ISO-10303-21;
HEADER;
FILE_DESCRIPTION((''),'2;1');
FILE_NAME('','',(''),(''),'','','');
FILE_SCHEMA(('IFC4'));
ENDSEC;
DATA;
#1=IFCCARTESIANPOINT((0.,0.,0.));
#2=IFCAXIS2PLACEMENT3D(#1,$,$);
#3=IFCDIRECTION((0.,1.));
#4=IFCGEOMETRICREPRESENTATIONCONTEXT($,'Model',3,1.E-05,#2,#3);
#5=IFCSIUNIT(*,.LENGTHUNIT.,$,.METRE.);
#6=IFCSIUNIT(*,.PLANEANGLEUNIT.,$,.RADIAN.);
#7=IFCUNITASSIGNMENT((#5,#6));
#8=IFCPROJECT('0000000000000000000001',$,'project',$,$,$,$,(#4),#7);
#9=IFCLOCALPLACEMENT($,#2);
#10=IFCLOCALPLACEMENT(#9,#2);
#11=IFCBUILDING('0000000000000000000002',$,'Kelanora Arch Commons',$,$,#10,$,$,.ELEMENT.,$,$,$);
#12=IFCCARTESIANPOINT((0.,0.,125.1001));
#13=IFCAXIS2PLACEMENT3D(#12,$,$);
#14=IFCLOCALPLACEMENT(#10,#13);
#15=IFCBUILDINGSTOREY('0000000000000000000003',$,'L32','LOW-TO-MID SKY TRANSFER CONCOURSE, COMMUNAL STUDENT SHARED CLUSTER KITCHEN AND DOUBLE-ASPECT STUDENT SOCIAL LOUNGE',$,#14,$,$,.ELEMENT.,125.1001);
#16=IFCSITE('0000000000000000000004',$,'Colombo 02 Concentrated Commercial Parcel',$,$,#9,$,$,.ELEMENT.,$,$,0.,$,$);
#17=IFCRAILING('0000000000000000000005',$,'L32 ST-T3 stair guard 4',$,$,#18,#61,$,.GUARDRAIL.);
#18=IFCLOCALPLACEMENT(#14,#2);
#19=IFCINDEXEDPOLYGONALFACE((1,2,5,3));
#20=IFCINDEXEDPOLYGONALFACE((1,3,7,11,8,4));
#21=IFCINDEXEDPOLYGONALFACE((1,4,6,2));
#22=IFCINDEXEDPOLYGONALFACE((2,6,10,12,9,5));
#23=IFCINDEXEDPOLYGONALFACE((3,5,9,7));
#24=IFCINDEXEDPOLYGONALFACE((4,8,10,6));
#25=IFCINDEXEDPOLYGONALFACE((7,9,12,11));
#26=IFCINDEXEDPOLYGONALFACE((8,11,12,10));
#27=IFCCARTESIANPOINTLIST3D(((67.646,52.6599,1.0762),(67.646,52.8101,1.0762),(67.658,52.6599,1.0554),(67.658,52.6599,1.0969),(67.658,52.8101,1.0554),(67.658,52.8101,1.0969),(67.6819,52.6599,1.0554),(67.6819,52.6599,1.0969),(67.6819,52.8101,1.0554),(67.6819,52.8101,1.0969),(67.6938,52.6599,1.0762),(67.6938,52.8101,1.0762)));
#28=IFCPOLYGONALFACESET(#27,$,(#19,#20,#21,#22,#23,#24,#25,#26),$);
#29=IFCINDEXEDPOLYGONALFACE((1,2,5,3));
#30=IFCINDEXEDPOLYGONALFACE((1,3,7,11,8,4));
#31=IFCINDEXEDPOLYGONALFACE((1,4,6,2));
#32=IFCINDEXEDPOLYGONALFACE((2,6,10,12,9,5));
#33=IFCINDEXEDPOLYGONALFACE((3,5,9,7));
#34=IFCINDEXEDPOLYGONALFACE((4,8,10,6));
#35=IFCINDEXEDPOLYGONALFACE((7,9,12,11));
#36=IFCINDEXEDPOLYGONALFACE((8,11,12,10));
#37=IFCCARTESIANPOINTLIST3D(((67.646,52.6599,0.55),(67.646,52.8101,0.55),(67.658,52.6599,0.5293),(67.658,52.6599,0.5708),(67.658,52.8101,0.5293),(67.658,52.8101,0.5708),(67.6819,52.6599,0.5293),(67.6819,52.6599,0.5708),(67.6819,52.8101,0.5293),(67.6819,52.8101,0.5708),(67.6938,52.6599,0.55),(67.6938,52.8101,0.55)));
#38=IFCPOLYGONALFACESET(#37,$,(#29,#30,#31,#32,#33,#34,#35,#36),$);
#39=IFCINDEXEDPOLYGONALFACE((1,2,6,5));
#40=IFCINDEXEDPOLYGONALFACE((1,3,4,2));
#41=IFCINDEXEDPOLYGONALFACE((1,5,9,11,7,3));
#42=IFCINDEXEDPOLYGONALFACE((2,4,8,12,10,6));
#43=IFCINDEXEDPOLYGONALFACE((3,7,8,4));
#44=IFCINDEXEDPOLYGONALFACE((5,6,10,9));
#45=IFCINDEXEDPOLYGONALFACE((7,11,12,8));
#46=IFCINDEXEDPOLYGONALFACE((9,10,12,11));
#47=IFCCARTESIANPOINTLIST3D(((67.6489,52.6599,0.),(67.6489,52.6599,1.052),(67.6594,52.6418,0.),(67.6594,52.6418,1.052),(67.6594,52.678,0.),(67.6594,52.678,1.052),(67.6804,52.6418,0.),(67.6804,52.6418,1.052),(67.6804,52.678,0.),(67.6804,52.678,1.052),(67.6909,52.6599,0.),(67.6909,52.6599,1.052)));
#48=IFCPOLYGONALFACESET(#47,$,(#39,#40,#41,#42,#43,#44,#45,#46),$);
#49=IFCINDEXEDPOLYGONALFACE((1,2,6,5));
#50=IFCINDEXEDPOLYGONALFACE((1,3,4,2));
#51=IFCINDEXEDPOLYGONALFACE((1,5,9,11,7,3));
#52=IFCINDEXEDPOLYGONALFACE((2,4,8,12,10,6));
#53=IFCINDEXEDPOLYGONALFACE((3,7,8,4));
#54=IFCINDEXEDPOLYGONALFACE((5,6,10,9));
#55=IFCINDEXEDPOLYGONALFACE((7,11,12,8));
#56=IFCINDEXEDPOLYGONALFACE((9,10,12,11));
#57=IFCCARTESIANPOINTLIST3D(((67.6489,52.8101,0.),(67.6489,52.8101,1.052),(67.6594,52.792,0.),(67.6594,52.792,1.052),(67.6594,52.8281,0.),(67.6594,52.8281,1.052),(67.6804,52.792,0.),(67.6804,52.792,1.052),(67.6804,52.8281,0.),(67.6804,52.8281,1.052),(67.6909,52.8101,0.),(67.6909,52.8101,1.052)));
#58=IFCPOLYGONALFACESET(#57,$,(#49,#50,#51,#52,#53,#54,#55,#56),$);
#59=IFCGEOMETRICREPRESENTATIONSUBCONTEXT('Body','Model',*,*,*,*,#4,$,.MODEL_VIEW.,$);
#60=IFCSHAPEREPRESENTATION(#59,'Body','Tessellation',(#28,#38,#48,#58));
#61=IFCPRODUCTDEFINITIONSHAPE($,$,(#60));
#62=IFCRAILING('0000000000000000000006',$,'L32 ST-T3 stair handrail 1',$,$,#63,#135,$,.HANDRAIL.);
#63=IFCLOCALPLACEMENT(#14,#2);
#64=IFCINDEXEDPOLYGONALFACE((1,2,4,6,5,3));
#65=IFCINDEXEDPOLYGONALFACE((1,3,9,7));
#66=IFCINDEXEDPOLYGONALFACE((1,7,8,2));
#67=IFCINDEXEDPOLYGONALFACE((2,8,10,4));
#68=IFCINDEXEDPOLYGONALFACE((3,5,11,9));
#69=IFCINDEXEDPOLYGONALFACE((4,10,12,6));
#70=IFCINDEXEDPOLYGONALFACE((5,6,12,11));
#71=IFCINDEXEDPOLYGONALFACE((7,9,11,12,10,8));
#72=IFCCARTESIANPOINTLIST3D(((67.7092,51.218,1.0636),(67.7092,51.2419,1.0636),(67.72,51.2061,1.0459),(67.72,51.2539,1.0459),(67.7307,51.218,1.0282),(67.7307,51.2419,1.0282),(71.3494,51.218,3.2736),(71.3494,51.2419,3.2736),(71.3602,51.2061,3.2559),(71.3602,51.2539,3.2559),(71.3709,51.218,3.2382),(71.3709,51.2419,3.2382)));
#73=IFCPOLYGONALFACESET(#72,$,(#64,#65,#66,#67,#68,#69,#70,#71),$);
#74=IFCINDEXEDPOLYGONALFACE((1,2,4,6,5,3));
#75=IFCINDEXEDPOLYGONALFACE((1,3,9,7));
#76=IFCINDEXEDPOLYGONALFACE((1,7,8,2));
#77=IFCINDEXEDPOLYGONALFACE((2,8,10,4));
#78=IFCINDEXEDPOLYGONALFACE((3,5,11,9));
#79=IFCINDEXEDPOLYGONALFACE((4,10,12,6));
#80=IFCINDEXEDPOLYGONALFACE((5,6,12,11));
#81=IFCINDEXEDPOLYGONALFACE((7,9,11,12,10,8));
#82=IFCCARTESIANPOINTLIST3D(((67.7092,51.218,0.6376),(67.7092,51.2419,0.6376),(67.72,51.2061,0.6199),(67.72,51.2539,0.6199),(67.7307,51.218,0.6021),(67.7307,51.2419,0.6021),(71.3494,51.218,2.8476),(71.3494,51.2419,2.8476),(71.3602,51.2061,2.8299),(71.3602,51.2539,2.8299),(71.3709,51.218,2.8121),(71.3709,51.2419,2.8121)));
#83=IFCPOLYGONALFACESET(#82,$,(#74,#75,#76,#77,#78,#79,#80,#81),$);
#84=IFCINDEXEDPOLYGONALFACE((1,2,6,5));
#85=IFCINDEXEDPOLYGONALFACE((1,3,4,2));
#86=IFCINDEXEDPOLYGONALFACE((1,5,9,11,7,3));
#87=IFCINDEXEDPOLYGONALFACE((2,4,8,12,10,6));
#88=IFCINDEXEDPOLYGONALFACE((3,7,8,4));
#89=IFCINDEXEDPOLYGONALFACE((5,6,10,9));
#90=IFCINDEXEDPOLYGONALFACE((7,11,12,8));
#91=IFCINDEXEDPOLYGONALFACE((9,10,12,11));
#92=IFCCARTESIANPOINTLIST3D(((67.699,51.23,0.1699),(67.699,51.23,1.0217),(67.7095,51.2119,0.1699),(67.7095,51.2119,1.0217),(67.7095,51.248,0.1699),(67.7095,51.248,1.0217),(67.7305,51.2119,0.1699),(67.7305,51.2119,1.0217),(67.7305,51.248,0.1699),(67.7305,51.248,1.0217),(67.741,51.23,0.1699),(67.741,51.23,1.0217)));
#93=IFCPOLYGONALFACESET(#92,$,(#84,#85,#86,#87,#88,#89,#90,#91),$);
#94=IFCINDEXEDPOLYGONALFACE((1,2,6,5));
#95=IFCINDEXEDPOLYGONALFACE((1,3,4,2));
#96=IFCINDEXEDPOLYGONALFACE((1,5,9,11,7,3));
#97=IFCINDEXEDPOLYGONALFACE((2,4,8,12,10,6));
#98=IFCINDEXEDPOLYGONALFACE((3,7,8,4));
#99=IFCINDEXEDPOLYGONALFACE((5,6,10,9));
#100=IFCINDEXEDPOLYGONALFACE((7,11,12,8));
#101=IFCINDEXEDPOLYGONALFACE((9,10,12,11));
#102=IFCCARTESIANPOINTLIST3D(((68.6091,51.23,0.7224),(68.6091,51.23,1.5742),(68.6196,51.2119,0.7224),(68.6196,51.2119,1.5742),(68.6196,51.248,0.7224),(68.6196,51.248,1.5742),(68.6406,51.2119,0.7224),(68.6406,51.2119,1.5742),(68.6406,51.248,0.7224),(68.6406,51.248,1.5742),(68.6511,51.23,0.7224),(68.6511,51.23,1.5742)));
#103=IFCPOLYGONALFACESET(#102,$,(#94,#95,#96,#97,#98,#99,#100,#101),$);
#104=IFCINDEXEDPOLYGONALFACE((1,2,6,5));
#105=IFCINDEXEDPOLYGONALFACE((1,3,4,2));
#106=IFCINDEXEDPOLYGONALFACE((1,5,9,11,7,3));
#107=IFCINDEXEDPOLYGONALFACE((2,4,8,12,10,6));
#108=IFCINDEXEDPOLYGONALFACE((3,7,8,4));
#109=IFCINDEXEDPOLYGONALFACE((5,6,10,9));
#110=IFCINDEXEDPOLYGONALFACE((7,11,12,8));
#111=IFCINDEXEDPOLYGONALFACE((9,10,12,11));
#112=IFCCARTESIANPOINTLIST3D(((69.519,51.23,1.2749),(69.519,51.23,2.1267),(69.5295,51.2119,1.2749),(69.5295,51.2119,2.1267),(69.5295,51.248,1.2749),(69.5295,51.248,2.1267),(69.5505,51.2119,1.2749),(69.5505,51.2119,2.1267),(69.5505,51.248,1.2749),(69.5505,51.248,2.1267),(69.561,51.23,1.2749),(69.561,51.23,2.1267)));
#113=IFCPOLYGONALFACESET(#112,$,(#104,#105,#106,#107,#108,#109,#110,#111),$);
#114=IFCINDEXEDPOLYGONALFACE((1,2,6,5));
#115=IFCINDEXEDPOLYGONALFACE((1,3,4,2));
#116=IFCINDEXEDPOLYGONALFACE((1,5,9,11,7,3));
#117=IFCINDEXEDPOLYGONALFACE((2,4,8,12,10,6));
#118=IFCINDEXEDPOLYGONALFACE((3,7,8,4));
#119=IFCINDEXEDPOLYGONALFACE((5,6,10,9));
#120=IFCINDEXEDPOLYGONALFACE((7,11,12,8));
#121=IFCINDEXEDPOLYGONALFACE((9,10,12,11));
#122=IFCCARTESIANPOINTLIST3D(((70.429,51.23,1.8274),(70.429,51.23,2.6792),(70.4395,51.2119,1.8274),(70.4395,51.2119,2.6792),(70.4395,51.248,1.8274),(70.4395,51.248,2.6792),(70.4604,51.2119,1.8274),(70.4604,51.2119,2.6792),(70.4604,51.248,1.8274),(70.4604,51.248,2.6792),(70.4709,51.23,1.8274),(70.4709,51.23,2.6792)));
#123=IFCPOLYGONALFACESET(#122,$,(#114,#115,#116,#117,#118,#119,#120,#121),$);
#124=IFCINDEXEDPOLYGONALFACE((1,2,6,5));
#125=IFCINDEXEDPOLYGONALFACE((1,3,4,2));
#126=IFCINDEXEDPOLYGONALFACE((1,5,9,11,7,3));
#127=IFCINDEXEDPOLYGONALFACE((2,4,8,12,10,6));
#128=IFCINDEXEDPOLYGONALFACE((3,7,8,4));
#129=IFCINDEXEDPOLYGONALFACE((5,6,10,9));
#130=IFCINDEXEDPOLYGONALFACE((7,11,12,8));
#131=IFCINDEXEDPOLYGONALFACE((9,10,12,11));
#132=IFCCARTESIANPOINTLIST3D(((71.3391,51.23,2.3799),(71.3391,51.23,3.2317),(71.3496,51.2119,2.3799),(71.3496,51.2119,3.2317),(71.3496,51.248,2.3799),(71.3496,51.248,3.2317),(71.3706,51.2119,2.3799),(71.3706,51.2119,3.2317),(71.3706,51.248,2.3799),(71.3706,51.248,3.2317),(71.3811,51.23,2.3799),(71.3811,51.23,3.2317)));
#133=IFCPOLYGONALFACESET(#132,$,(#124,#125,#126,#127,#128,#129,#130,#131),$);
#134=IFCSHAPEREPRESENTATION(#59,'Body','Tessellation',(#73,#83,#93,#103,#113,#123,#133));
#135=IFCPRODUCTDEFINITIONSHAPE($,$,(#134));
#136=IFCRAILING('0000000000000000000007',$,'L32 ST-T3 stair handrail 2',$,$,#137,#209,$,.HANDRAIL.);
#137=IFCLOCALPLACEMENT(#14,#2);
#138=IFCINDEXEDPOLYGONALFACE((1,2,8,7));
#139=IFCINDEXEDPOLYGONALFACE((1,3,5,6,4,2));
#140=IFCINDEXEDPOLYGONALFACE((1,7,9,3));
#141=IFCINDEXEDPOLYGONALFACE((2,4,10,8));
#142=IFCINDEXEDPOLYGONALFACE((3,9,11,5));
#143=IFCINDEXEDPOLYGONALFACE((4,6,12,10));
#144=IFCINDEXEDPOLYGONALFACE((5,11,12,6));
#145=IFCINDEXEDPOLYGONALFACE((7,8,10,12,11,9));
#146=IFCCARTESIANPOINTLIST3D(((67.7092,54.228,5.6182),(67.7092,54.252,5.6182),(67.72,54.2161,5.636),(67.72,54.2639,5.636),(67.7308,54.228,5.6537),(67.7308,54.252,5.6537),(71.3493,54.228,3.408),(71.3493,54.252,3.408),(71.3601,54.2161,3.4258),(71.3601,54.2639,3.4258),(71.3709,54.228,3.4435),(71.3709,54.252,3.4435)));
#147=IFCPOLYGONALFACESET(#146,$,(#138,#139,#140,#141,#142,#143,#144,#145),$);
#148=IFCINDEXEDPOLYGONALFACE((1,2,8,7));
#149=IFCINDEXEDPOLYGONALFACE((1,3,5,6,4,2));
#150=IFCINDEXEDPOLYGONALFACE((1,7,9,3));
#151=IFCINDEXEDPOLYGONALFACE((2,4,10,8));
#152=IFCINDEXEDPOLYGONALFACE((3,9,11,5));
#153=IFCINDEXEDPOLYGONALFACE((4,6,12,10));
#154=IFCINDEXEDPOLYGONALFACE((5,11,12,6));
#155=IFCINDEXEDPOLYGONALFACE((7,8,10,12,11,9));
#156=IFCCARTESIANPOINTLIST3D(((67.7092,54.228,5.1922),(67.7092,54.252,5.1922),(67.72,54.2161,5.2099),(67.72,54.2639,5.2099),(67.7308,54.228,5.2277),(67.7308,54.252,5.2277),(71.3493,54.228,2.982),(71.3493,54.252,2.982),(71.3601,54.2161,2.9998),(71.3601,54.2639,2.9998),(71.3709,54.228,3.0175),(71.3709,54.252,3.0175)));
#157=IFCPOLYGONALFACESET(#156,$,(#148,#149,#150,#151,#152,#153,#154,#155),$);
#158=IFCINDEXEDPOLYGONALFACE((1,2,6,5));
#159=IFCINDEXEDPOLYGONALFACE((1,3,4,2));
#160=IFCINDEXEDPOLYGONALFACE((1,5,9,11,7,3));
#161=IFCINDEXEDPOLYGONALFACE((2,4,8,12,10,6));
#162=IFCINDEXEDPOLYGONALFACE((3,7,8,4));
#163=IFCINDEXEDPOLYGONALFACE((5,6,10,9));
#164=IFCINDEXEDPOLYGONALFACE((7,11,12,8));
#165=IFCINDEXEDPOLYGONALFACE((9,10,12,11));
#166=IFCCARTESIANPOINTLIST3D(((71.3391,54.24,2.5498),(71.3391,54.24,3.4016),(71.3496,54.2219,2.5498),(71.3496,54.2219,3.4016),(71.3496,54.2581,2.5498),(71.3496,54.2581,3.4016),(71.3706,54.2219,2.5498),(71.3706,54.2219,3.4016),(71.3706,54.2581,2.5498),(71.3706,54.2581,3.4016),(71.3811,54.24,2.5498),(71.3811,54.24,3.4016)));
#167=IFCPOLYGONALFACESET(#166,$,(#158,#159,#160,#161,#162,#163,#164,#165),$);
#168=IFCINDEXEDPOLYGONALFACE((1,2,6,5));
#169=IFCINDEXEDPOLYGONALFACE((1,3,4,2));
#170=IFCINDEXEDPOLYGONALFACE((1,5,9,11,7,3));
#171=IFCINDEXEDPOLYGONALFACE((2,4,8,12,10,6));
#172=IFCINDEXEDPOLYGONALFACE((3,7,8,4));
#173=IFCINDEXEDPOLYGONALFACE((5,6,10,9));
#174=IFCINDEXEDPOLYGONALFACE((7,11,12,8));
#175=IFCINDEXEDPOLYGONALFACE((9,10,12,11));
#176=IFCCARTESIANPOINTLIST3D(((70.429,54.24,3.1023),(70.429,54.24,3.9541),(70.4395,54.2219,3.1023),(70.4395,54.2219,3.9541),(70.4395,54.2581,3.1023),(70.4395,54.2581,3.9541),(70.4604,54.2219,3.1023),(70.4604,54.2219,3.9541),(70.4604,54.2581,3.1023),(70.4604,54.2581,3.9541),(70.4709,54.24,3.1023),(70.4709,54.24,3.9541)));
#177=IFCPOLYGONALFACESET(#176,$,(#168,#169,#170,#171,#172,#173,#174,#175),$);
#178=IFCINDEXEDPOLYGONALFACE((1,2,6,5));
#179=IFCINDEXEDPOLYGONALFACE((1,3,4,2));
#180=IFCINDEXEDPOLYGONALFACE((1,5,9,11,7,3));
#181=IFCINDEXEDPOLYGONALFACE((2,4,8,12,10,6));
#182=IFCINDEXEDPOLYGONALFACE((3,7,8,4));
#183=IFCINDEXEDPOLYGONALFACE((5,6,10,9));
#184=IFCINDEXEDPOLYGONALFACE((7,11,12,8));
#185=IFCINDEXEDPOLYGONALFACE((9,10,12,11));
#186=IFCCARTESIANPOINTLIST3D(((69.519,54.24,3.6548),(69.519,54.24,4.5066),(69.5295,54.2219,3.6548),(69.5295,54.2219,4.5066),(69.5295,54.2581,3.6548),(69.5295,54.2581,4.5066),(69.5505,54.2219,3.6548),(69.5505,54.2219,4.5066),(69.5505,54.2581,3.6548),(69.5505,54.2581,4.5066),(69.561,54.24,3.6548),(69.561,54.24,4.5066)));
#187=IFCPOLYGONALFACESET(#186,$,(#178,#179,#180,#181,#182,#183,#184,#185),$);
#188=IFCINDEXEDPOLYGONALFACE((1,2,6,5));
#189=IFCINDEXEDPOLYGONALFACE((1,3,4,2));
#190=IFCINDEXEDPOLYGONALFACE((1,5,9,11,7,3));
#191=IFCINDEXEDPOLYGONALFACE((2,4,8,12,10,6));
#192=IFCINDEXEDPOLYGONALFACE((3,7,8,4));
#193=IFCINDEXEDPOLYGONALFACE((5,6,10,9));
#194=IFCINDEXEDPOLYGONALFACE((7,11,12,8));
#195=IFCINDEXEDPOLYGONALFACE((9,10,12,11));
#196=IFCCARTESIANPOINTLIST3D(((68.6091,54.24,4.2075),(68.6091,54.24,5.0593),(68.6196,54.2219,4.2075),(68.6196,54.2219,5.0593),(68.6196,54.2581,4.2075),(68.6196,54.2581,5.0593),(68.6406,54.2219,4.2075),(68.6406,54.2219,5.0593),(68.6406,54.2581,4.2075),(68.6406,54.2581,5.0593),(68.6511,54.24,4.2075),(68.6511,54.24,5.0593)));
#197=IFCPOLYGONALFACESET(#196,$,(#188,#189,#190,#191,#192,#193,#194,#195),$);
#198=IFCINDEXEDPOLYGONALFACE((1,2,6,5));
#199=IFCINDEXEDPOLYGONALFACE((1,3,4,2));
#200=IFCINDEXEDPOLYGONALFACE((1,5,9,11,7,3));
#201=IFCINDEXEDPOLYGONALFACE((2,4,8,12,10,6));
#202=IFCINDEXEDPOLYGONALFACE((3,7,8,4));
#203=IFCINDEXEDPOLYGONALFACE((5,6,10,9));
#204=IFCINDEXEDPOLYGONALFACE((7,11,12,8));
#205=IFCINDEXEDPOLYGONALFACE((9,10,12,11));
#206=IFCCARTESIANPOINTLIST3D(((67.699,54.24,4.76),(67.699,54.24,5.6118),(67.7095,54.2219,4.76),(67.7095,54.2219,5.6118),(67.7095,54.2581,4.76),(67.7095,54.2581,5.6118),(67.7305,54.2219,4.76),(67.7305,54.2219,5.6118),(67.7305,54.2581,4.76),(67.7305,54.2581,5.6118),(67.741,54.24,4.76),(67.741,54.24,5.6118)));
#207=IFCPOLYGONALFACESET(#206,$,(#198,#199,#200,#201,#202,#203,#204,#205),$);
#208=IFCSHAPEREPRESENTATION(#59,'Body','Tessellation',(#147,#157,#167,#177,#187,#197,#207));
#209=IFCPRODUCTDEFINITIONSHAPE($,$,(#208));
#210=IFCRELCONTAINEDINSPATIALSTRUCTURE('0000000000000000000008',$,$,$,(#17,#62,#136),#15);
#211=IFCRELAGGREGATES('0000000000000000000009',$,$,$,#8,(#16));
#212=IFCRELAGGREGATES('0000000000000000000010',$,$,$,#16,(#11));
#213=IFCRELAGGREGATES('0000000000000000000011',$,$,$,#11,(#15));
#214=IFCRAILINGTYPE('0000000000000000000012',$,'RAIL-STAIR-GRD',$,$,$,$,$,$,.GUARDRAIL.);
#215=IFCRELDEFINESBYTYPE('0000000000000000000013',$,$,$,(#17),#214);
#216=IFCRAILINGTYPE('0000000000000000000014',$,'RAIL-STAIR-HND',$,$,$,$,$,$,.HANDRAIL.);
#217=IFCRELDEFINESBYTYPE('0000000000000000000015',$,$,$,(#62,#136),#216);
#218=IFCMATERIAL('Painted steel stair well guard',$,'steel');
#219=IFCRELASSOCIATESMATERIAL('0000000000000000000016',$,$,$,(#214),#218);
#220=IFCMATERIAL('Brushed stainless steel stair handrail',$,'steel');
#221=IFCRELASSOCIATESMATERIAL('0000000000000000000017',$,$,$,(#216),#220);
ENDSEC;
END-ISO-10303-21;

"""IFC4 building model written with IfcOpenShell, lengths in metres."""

from ifc_helpers import new_model, si_unit, direction, frame, origin, place, context, subcontext, project, spatial, polyline, outline, extrude, material, type_object, element, save


model = new_model("IFC4")

# Units and contexts
model_context = context("Model", 3, precision=1e-05, world=origin(), true_north=direction((0.0, 1.0)))
body_context = subcontext(model_context, "Body", "Model", "MODEL_VIEW")
ifc_project = project(units=[si_unit("LENGTHUNIT", "METRE"), si_unit("PLANEANGLEUNIT", "RADIAN")], contexts=[model_context])

# Site, building, storey
site_placement = place(None, origin())
site = spatial("IfcSite", under=ifc_project, at=site_placement, Name="Colombo 02 Concentrated Commercial Parcel", CompositionType="ELEMENT", RefElevation=0.0)
building_placement = place(site_placement, origin())
building = spatial("IfcBuilding", under=site, at=building_placement, Name="Kelanora Arch Commons", CompositionType="ELEMENT")
storey_placement = place(building_placement, frame((0.0, 0.0, 125.1001)))
storey = spatial("IfcBuildingStorey", under=building, at=storey_placement, Name="L32", Description="LOW-TO-MID SKY TRANSFER CONCOURSE, COMMUNAL STUDENT SHARED CLUSTER KITCHEN AND DOUBLE-ASPECT STUDENT SOCIAL LOUNGE", CompositionType="ELEMENT", Elevation=125.1001)

# Railings
ifc_material_1 = material(Name="Painted steel stair well guard", Category="steel")
railing_type_1 = type_object("IfcRailingType", Name="RAIL-STAIR-GRD", PredefinedType="GUARDRAIL", material=ifc_material_1)
railing_1_placement = place(storey_placement, frame((67.6699, 52.6599, 0.0)))
element("IfcRailing", 1, at=railing_1_placement, inside=storey, type_object=railing_type_1, Name="L32 ST-T3 stair guard 4", PredefinedType="GUARDRAIL", context=body_context, shape_type="SweptSolid", body=[
    extrude(outline(polyline([(0.0239, 0.0), (0.012, 0.0208), (-0.012, 0.0208), (-0.0239, 0.0), (-0.012, -0.0208), (0.012, -0.0208), (0.0239, 0.0)])), frame((0.0, 0.0, 1.0762), z_axis=(0.0, 1.0, 0.0), x_axis=(-1.0, 0.0, 0.0)), (0.0, 0.0, 1.0), 0.1501),
    extrude(outline(polyline([(0.0239, 0.0), (0.012, 0.0208), (-0.012, 0.0208), (-0.0239, 0.0), (-0.012, -0.0208), (0.012, -0.0208), (0.0239, 0.0)])), frame((0.0, 0.0, 0.55), z_axis=(0.0, 1.0, 0.0), x_axis=(-1.0, 0.0, 0.0)), (0.0, 0.0, 1.0), 0.1501),
    extrude(outline(polyline([(0.021, 0.0), (0.0105, 0.0181), (-0.0105, 0.0181), (-0.021, 0.0), (-0.0105, -0.0181), (0.0105, -0.0181), (0.021, 0.0)])), origin(), (0.0, 0.0, 1.0), 1.052),
    extrude(outline(polyline([(0.021, 0.0), (0.0105, 0.0181), (-0.0105, 0.0181), (-0.021, 0.0), (-0.0105, -0.0181), (0.0105, -0.0181), (0.021, 0.0)])), frame((0.0, 0.1501, 0.0)), (0.0, 0.0, 1.0), 1.052),
])
ifc_material_2 = material(Name="Brushed stainless steel stair handrail", Category="steel")
railing_type_2 = type_object("IfcRailingType", Name="RAIL-STAIR-HND", PredefinedType="HANDRAIL", material=ifc_material_2)
railing_2_placement = place(storey_placement, frame((67.72, 51.23, 0.1699)))
element("IfcRailing", 2, at=railing_2_placement, inside=storey, type_object=railing_type_2, Name="L32 ST-T3 stair handrail 1", PredefinedType="HANDRAIL", context=body_context, shape_type="SweptSolid", body=[
    extrude(outline(polyline([(0.0239, 0.0), (0.012, 0.0208), (-0.012, 0.0208), (-0.0239, 0.0), (-0.012, -0.0208), (0.012, -0.0208), (0.0239, 0.0)])), frame((0.0, 0.0, 0.876), z_axis=(0.8548, 0.0, 0.518957), x_axis=(0.0, 1.0, 0.0)), (0.0, 0.0, 1.0), 4.2585),
    extrude(outline(polyline([(0.0239, 0.0), (0.012, 0.0208), (-0.012, 0.0208), (-0.0239, 0.0), (-0.012, -0.0208), (0.012, -0.0208), (0.0239, 0.0)])), frame((0.0, 0.0, 0.45), z_axis=(0.8548, 0.0, 0.518957), x_axis=(0.0, 1.0, 0.0)), (0.0, 0.0, 1.0), 4.2585),
    extrude(outline(polyline([(0.021, 0.0), (0.0105, 0.0181), (-0.0105, 0.0181), (-0.021, 0.0), (-0.0105, -0.0181), (0.0105, -0.0181), (0.021, 0.0)])), origin(), (0.0, 0.0, 1.0), 0.8518),
    extrude(outline(polyline([(0.021, 0.0), (0.0105, 0.0181), (-0.0105, 0.0181), (-0.021, 0.0), (-0.0105, -0.0181), (0.0105, -0.0181), (0.021, 0.0)])), frame((0.9102, 0.0, 0.5525)), (0.0, 0.0, 1.0), 0.8518),
    extrude(outline(polyline([(0.021, 0.0), (0.0105, 0.0181), (-0.0105, 0.0181), (-0.021, 0.0), (-0.0105, -0.0181), (0.0105, -0.0181), (0.021, 0.0)])), frame((1.8201, 0.0, 1.105)), (0.0, 0.0, 1.0), 0.8518),
    extrude(outline(polyline([(0.021, 0.0), (0.0105, 0.0181), (-0.0105, 0.0181), (-0.021, 0.0), (-0.0105, -0.0181), (0.0105, -0.0181), (0.021, 0.0)])), frame((2.73, 0.0, 1.6575)), (0.0, 0.0, 1.0), 0.8518),
    extrude(outline(polyline([(0.021, 0.0), (0.0105, 0.0181), (-0.0105, 0.0181), (-0.021, 0.0), (-0.0105, -0.0181), (0.0105, -0.0181), (0.021, 0.0)])), frame((3.6401, 0.0, 2.21)), (0.0, 0.0, 1.0), 0.8518),
])
railing_3_placement = place(storey_placement, frame((71.3601, 54.24, 2.5498)))
element("IfcRailing", 3, at=railing_3_placement, inside=storey, type_object=railing_type_2, Name="L32 ST-T3 stair handrail 2", PredefinedType="HANDRAIL", context=body_context, shape_type="SweptSolid", body=[
    extrude(outline(polyline([(0.0239, 0.0), (0.012, 0.0208), (-0.012, 0.0208), (-0.0239, 0.0), (-0.012, -0.0208), (0.012, -0.0208), (0.0239, 0.0)])), frame((0.0, 0.0, 0.876), z_axis=(-0.854775, 0.0, 0.518999), x_axis=(0.0, -1.0, 0.0)), (0.0, 0.0, 1.0), 4.2585),
    extrude(outline(polyline([(0.0239, 0.0), (0.012, 0.0208), (-0.012, 0.0208), (-0.0239, 0.0), (-0.012, -0.0208), (0.012, -0.0208), (0.0239, 0.0)])), frame((0.0, 0.0, 0.45), z_axis=(-0.854775, 0.0, 0.518999), x_axis=(0.0, -1.0, 0.0)), (0.0, 0.0, 1.0), 4.2585),
    extrude(outline(polyline([(0.021, 0.0), (0.0105, 0.0181), (-0.0105, 0.0181), (-0.021, 0.0), (-0.0105, -0.0181), (0.0105, -0.0181), (0.021, 0.0)])), origin(), (0.0, 0.0, 1.0), 0.8518),
    extrude(outline(polyline([(0.021, 0.0), (0.0105, 0.0181), (-0.0105, 0.0181), (-0.021, 0.0), (-0.0105, -0.0181), (0.0105, -0.0181), (0.021, 0.0)])), frame((-0.9102, 0.0, 0.5525)), (0.0, 0.0, 1.0), 0.8518),
    extrude(outline(polyline([(0.021, 0.0), (0.0105, 0.0181), (-0.0105, 0.0181), (-0.021, 0.0), (-0.0105, -0.0181), (0.0105, -0.0181), (0.021, 0.0)])), frame((-1.8201, 0.0, 1.105)), (0.0, 0.0, 1.0), 0.8518),
    extrude(outline(polyline([(0.021, 0.0), (0.0105, 0.0181), (-0.0105, 0.0181), (-0.021, 0.0), (-0.0105, -0.0181), (0.0105, -0.0181), (0.021, 0.0)])), frame((-2.73, 0.0, 1.6577)), (0.0, 0.0, 1.0), 0.8518),
    extrude(outline(polyline([(0.021, 0.0), (0.0105, 0.0181), (-0.0105, 0.0181), (-0.021, 0.0), (-0.0105, -0.0181), (0.0105, -0.0181), (0.021, 0.0)])), frame((-3.6401, 0.0, 2.2102)), (0.0, 0.0, 1.0), 0.8518),
])

save(model, "model.ifc")
